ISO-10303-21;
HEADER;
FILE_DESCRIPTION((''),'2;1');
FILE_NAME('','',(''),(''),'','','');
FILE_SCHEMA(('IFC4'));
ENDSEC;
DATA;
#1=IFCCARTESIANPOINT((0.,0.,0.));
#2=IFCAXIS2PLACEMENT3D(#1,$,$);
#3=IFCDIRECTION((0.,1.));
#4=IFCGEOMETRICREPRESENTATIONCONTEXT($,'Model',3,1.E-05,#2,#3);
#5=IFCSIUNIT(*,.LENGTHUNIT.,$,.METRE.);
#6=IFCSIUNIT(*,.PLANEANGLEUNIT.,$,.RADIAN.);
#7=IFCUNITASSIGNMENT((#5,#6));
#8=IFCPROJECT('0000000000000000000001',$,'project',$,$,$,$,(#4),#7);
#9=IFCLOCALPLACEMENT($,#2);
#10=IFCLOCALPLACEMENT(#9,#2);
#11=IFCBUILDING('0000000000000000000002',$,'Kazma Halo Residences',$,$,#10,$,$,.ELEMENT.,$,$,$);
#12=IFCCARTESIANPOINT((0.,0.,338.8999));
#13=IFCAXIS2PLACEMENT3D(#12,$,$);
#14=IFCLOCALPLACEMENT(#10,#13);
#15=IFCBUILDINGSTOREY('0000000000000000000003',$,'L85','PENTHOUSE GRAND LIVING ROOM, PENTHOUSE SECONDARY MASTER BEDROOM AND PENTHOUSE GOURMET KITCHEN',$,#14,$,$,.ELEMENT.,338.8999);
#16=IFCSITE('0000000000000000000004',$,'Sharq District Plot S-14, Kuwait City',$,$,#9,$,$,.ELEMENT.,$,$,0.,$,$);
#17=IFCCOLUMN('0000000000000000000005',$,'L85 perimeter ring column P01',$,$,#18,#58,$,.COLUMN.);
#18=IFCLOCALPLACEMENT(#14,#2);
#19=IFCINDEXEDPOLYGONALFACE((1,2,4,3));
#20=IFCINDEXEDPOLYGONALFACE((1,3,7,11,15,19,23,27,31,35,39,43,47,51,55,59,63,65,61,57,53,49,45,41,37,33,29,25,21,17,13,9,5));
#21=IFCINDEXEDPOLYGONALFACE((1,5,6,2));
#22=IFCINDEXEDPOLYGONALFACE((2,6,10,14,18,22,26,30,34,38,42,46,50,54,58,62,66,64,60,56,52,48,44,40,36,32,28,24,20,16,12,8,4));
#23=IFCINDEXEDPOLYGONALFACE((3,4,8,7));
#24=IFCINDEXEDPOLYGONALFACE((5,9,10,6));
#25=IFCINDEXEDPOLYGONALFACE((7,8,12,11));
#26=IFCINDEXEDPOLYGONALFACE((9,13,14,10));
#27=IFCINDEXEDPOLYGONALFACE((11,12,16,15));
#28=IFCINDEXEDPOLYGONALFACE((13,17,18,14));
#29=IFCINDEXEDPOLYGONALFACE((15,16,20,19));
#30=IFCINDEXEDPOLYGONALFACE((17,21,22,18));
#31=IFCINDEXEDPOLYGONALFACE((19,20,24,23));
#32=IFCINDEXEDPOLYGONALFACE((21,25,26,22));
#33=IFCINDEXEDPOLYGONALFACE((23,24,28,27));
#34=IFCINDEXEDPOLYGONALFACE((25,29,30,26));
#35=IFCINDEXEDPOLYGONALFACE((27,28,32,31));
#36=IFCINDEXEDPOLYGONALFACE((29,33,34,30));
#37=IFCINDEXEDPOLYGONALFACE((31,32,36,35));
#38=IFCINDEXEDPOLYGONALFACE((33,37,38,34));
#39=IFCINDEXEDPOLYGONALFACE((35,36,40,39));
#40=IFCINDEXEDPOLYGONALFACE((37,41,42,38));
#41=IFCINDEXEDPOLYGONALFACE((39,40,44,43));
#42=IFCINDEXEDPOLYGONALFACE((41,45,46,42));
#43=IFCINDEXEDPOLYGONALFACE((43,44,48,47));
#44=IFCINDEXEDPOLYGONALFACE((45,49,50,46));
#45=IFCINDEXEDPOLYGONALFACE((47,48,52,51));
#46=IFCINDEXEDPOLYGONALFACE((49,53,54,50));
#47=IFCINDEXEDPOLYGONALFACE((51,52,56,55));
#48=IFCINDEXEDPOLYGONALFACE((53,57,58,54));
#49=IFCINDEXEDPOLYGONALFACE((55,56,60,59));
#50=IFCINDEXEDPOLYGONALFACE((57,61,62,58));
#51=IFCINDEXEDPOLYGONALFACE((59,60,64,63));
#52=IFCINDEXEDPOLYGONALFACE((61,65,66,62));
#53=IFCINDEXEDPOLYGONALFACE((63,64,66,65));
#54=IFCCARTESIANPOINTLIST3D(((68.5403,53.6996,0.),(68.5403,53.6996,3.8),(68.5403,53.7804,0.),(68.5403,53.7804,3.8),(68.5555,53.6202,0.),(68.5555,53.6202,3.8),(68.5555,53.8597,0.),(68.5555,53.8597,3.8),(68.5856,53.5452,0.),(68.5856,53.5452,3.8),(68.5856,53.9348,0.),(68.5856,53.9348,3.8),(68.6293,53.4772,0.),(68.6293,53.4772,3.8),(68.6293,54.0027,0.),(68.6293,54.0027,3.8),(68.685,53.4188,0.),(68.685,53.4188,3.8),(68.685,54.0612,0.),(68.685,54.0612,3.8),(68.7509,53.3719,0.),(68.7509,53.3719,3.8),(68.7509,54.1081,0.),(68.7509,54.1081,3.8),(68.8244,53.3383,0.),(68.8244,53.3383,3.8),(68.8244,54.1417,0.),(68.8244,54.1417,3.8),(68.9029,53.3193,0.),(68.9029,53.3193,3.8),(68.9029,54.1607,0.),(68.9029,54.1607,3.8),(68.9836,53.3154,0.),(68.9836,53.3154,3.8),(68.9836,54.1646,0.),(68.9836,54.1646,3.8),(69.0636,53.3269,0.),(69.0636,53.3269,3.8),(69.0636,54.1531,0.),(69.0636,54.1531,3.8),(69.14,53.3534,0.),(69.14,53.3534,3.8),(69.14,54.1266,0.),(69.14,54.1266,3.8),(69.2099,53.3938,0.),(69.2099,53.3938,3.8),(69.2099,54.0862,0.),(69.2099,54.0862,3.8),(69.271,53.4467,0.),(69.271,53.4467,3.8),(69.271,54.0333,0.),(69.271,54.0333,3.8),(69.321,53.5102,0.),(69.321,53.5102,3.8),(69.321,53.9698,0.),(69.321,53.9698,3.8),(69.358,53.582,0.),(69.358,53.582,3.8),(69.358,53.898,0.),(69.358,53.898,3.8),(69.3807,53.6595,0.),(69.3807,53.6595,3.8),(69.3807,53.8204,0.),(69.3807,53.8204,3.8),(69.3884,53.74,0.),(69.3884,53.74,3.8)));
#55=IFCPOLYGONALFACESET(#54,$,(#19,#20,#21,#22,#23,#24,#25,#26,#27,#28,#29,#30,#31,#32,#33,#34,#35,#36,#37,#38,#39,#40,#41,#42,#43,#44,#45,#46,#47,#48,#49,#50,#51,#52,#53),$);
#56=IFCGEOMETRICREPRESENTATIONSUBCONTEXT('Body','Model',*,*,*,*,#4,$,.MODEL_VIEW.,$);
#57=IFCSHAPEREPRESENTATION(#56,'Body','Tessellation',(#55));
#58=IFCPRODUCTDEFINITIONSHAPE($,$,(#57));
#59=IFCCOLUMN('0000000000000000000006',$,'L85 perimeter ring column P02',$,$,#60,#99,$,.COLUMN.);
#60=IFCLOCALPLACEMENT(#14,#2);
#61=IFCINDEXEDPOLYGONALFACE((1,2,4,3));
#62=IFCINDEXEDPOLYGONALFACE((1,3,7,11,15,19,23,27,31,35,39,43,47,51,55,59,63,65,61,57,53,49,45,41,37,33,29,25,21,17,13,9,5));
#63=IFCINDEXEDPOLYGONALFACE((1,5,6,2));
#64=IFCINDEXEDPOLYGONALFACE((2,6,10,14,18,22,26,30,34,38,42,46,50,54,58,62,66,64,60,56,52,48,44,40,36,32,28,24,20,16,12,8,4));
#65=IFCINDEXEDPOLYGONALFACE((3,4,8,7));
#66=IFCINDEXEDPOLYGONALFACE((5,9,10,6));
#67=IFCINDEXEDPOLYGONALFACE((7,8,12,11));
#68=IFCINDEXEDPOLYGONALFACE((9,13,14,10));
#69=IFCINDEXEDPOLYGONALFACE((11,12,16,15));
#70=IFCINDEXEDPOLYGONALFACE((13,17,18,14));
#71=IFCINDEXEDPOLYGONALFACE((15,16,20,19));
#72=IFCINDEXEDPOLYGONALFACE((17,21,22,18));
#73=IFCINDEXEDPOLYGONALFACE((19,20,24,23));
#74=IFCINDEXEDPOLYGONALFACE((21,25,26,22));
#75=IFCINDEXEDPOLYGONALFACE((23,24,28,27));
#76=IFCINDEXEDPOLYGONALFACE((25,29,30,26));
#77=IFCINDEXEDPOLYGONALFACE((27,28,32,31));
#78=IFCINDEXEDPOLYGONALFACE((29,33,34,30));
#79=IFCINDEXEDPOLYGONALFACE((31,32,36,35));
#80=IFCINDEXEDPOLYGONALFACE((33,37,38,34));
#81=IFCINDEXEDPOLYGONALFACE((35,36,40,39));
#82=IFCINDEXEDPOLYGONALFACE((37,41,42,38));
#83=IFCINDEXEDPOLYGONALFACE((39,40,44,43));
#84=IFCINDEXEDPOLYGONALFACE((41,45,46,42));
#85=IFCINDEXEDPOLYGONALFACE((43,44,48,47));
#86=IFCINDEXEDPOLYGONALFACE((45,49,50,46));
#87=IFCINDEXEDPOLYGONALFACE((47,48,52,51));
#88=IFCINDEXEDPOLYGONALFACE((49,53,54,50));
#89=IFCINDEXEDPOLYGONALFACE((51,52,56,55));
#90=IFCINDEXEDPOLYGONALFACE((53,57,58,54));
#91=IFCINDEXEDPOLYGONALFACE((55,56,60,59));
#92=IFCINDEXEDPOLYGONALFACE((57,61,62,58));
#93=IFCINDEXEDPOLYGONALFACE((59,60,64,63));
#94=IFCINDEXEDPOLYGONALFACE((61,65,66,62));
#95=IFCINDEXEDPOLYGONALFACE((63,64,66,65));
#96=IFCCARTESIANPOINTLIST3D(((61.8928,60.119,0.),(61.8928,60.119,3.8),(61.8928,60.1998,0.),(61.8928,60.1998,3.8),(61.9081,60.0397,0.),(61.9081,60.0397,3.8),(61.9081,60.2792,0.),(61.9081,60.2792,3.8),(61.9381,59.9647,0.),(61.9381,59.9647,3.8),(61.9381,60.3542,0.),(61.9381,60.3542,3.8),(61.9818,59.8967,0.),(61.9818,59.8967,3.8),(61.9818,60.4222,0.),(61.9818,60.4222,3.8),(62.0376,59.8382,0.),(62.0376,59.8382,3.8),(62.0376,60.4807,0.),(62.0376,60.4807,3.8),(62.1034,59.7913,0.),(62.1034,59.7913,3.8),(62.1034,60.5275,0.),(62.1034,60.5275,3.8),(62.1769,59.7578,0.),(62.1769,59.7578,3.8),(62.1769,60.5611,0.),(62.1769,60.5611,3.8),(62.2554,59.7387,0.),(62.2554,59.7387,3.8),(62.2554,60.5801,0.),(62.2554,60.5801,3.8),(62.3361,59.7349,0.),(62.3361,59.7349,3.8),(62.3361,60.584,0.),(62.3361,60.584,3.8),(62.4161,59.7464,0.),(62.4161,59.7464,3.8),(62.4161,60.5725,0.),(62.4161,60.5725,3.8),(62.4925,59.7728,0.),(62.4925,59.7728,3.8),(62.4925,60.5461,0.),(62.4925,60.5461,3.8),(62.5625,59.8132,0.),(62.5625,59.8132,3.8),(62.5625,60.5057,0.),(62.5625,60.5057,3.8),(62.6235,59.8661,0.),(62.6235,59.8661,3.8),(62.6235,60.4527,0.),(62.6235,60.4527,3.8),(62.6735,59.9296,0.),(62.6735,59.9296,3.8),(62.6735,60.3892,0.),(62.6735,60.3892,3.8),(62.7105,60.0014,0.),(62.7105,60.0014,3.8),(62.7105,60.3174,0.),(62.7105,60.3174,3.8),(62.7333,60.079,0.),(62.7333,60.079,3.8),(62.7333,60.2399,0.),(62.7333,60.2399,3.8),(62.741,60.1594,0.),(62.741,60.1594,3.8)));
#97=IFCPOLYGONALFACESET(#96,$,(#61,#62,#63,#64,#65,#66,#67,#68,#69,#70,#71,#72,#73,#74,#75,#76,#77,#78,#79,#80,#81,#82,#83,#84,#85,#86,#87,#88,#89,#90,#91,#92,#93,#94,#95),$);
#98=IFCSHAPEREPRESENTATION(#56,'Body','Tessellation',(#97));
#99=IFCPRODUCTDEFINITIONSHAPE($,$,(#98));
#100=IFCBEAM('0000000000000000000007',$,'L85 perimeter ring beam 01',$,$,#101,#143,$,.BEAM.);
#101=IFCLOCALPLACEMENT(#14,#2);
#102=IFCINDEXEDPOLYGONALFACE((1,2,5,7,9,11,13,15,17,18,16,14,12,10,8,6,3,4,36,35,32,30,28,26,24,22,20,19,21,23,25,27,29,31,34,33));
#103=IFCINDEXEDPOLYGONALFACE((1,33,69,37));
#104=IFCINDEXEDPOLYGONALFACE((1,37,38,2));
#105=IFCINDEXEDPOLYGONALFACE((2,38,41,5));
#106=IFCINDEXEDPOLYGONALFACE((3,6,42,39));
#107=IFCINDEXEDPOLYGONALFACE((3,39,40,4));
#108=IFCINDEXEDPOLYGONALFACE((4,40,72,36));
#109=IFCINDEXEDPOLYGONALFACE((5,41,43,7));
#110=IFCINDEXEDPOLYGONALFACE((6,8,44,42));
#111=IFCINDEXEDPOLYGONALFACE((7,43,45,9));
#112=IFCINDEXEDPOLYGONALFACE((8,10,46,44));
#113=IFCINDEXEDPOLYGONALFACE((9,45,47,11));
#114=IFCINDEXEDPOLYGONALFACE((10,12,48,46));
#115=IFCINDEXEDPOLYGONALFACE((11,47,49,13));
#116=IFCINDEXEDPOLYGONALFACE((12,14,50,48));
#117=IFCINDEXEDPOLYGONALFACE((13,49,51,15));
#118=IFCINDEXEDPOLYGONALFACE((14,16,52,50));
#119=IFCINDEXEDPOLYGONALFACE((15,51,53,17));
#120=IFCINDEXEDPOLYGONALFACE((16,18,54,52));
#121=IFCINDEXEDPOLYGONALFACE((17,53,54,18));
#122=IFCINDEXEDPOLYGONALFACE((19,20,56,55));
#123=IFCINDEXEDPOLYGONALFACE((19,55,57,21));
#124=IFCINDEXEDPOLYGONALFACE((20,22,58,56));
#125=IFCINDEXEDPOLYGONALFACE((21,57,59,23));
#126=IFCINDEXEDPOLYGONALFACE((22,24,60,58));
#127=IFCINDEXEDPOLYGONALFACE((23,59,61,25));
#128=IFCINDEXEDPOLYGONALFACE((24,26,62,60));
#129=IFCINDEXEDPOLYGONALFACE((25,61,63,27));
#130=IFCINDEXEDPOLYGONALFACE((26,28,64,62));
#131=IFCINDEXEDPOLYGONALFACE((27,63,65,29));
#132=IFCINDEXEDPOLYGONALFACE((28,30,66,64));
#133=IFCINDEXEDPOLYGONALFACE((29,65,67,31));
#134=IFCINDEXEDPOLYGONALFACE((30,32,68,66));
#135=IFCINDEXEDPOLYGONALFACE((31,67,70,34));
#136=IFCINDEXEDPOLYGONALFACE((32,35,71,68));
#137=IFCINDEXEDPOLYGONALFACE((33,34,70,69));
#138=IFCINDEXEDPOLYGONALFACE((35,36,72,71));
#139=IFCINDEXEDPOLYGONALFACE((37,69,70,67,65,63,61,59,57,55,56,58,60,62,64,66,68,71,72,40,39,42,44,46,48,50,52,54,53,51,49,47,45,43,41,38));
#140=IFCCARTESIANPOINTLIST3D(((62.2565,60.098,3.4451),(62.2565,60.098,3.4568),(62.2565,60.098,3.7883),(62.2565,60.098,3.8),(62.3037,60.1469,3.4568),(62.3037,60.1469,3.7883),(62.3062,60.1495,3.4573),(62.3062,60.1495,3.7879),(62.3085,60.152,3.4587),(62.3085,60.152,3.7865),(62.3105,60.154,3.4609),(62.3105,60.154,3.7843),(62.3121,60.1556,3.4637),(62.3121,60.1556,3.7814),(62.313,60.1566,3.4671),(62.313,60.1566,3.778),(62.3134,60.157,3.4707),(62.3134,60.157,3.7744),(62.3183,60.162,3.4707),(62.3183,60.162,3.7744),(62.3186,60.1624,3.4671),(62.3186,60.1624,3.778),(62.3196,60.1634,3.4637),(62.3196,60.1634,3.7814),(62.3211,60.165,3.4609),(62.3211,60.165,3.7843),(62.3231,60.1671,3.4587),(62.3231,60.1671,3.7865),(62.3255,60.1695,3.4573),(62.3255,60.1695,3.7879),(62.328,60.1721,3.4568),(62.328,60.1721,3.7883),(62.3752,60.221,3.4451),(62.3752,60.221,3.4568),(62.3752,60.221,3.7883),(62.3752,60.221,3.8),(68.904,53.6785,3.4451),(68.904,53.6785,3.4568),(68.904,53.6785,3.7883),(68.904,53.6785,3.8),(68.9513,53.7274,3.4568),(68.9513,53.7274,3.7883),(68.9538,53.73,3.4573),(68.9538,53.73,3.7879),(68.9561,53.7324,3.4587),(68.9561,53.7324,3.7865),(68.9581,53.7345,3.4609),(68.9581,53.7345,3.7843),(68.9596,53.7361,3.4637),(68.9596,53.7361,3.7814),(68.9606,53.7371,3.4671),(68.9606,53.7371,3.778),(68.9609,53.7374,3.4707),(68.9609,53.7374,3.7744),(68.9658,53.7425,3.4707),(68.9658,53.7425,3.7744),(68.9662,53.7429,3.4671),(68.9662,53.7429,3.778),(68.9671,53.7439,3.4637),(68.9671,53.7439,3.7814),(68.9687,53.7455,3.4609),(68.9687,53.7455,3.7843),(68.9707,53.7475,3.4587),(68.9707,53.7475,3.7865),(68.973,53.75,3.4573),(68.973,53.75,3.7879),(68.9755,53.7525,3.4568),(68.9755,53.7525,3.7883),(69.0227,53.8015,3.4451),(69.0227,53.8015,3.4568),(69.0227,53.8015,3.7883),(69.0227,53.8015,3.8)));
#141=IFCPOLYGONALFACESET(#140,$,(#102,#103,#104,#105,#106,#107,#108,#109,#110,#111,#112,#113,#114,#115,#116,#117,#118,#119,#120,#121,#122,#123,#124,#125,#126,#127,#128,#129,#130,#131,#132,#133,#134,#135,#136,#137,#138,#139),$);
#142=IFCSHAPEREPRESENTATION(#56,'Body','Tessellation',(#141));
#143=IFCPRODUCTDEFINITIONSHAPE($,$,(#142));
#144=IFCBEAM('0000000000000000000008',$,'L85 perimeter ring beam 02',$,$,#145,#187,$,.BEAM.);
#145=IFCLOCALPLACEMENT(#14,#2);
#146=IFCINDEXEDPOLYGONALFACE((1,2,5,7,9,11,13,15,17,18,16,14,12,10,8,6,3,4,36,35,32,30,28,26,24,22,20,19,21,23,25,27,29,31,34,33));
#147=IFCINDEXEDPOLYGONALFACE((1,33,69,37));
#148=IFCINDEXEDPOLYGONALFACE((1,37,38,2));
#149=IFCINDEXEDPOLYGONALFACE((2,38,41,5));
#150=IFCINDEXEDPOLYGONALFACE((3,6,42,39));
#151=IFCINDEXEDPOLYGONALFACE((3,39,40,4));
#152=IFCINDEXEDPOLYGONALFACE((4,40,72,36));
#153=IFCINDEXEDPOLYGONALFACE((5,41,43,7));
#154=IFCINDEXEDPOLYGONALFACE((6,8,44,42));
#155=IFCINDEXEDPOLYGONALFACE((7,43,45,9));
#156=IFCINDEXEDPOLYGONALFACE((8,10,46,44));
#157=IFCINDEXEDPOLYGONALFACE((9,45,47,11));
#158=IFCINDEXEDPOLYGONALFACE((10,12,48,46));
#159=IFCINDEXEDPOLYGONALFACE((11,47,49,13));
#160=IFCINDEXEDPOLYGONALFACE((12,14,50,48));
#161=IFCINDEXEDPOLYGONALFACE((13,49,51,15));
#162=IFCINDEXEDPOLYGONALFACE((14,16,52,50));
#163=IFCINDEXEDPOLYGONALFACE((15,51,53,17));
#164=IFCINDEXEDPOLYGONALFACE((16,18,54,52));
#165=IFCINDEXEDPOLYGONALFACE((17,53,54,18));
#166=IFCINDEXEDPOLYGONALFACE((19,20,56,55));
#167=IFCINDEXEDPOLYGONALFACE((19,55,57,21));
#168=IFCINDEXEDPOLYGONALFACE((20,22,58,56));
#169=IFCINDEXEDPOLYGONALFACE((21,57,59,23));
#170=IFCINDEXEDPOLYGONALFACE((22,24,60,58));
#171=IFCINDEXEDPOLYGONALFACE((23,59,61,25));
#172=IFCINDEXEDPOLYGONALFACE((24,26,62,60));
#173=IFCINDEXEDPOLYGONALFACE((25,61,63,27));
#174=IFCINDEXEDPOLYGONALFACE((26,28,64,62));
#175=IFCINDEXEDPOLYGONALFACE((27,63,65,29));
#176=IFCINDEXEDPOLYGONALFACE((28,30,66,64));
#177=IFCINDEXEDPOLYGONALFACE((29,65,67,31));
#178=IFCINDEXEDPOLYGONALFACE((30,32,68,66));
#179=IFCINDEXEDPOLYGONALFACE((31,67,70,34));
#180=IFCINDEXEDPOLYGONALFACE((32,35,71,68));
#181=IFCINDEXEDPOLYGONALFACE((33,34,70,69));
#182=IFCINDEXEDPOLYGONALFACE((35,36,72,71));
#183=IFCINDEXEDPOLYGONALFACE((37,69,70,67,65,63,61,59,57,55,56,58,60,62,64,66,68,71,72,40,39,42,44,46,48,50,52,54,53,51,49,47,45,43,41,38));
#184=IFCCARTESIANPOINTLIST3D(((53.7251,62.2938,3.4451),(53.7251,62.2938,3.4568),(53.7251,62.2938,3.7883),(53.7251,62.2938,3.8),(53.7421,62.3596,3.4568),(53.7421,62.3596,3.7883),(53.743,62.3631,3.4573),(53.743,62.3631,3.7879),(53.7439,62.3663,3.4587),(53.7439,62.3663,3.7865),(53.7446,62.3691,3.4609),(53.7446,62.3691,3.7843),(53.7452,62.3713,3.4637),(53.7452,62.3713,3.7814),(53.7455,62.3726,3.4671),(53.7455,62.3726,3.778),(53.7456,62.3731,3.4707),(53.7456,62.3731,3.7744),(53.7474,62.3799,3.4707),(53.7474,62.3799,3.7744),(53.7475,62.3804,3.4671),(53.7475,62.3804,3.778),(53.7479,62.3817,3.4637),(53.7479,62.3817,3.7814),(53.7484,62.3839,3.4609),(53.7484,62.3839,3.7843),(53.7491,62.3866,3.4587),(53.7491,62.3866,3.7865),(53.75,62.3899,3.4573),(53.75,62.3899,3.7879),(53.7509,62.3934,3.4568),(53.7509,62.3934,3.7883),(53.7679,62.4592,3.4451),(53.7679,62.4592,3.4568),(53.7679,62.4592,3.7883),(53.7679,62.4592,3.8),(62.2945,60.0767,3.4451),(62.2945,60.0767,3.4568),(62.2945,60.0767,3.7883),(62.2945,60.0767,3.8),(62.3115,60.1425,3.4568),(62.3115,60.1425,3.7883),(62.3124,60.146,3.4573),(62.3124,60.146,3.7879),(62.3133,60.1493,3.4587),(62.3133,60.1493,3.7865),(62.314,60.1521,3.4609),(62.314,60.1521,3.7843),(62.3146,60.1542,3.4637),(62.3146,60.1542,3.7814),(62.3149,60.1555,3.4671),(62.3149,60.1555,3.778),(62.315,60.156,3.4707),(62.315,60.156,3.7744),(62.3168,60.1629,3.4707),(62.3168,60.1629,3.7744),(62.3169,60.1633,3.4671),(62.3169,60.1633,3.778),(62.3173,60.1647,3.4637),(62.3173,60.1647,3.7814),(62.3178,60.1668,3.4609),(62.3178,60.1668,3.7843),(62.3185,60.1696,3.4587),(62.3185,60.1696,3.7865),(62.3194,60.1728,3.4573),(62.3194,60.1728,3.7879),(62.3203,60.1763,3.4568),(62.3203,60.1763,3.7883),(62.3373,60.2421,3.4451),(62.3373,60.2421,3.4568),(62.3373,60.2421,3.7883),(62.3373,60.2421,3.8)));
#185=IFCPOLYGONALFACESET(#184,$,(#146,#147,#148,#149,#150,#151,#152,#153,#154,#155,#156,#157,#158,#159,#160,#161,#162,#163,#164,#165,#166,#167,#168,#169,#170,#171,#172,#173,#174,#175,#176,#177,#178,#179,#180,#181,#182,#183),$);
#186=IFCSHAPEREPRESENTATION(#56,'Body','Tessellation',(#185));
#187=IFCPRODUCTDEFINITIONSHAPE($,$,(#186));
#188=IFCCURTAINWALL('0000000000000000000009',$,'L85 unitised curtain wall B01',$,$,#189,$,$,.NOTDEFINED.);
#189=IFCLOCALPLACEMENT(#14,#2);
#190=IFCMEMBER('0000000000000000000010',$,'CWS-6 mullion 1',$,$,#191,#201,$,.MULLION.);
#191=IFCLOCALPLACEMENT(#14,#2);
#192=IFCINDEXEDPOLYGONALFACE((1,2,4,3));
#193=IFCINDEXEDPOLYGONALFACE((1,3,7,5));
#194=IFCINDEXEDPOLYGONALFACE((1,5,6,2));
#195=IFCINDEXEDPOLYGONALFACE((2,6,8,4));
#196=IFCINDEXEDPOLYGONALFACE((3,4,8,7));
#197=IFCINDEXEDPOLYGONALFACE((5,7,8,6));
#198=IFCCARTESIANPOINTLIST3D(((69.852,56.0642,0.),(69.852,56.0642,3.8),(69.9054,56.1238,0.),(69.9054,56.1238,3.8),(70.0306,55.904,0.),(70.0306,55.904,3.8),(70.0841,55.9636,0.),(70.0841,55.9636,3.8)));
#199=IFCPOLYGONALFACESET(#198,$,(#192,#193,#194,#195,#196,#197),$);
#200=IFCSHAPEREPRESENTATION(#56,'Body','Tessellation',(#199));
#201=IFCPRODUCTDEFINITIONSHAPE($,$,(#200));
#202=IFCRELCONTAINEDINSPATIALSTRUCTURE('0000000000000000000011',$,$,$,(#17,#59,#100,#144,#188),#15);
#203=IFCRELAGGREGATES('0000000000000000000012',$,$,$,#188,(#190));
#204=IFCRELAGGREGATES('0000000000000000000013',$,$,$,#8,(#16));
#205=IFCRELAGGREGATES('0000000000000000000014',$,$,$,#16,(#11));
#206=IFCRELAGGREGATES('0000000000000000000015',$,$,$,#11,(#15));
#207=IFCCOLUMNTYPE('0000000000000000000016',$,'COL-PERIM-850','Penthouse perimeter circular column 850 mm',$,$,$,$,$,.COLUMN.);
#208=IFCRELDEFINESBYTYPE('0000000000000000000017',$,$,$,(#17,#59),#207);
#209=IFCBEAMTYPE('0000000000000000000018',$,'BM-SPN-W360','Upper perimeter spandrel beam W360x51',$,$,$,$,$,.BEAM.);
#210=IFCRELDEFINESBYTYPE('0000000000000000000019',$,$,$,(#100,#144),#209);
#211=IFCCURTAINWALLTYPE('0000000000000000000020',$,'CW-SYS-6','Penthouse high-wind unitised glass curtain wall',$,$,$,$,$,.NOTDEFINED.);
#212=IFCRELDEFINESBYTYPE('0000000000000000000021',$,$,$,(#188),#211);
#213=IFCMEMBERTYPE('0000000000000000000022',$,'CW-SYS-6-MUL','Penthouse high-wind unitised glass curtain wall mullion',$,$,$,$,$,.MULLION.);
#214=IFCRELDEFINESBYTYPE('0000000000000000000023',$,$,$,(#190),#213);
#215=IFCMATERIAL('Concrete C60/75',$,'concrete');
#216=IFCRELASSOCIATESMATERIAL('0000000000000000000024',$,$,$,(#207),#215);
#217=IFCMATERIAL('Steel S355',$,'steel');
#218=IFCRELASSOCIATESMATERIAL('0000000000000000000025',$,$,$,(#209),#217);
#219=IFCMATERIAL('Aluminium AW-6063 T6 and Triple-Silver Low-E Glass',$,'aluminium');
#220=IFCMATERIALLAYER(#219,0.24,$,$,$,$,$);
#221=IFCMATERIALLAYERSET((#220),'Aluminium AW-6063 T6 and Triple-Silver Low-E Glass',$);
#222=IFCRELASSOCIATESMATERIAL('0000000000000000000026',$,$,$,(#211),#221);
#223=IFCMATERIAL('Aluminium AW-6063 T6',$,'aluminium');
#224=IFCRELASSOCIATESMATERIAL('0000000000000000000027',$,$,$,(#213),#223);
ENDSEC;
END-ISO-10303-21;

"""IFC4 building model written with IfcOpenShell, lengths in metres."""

from ifc_helpers import new_model, si_unit, direction, frame, origin, origin_2d, place, context, subcontext, project, spatial, rectangle, circle, i_section, extrude, material, layer, layer_set, material_profile, profile_set, type_object, element, aggregate, save


model = new_model("IFC4")

# Units and contexts
model_context = context("Model", 3, precision=1e-05, world=origin(), true_north=direction((0.0, 1.0)))
body_context = subcontext(model_context, "Body", "Model", "MODEL_VIEW")
ifc_project = project(units=[si_unit("LENGTHUNIT", "METRE"), si_unit("PLANEANGLEUNIT", "RADIAN")], contexts=[model_context])

# Site, building, storey
site_placement = place(None, origin())
site = spatial("IfcSite", under=ifc_project, at=site_placement, Name="Sharq District Plot S-14, Kuwait City", CompositionType="ELEMENT", RefElevation=0.0)
building_placement = place(site_placement, origin())
building = spatial("IfcBuilding", under=site, at=building_placement, Name="Kazma Halo Residences", CompositionType="ELEMENT")
storey_placement = place(building_placement, frame((0.0, 0.0, 338.8999)))
storey = spatial("IfcBuildingStorey", under=building, at=storey_placement, Name="L85", Description="PENTHOUSE GRAND LIVING ROOM, PENTHOUSE SECONDARY MASTER BEDROOM AND PENTHOUSE GOURMET KITCHEN", CompositionType="ELEMENT", Elevation=338.8999)

# Columns
ifc_material_1 = material(Name="Concrete C60/75", Category="concrete")
ifc_material_profile_1 = material_profile(ifc_material_1, circle(Radius=0.425, at=origin_2d()), Name="CIRC850")
ifc_profile_set_1 = profile_set([ifc_material_profile_1], Name="Concrete C60/75")
column_type = type_object("IfcColumnType", Name="COL-PERIM-850", Description="Penthouse perimeter circular column 850 mm", PredefinedType="COLUMN", material=ifc_profile_set_1)
for number, where, z_axis, x_axis, name in (
    (1, (68.9634, 53.74, 0.0), (0.0, 0.0, 1.0), (1.0, 0.0, 0.0), "L85 perimeter ring column P01"),
    (2, (62.3159, 60.1594, 0.0), (0.0, 0.0, 1.0), (1.0, 0.0, 0.0), "L85 perimeter ring column P02"),
):
    element("IfcColumn", number, at=place(storey_placement, frame(where, z_axis=z_axis, x_axis=x_axis)), inside=storey, type_object=column_type, Name=name, PredefinedType="COLUMN", context=body_context, shape_type="SweptSolid", body=[
        extrude(circle(Radius=0.425, at=origin_2d()), origin(), (0.0, 0.0, 1.0), 3.8),
    ])

# Beams
ifc_material_2 = material(Name="Steel S355", Category="steel")
ifc_material_profile_2 = material_profile(ifc_material_2, i_section(OverallWidth=0.1709, OverallDepth=0.355, WebThickness=0.0071, FlangeThickness=0.0117, FilletRadius=0.0139, at=origin_2d()), Name="W360x51")
ifc_profile_set_2 = profile_set([ifc_material_profile_2], Name="Steel S355")
beam_type = type_object("IfcBeamType", Name="BM-SPN-W360", Description="Upper perimeter spandrel beam W360x51", PredefinedType="BEAM", material=ifc_profile_set_2)
beam_1_placement = place(storey_placement, frame((68.9634, 53.74, 3.6226), z_axis=(-0.719337, 0.694661, 0.0), x_axis=(-0.694661, -0.719337, 0.0)))
element("IfcBeam", 3, at=beam_1_placement, inside=storey, type_object=beam_type, Name="L85 perimeter ring beam 01", PredefinedType="BEAM", context=body_context, shape_type="SweptSolid", body=[
    extrude(i_section(OverallWidth=0.1709, OverallDepth=0.355, WebThickness=0.0071, FlangeThickness=0.0117, FilletRadius=0.0139, at=origin_2d()), origin(), (0.0, 0.0, 1.0), 9.2412),
])
beam_2_placement = place(storey_placement, frame((62.3159, 60.1594, 3.6226), z_axis=(-0.968124, 0.250471, 0.0), x_axis=(-0.250471, -0.968124, 0.0)))
element("IfcBeam", 4, at=beam_2_placement, inside=storey, type_object=beam_type, Name="L85 perimeter ring beam 02", PredefinedType="BEAM", context=body_context, shape_type="SweptSolid", body=[
    extrude(i_section(OverallWidth=0.1709, OverallDepth=0.355, WebThickness=0.0071, FlangeThickness=0.0117, FilletRadius=0.0139, at=origin_2d()), origin(), (0.0, 0.0, 1.0), 8.8516),
])

# Curtain wall, member
ifc_material_3 = material(Name="Aluminium AW-6063 T6 and Triple-Silver Low-E Glass", Category="aluminium")
ifc_layer_1 = layer(ifc_material_3, 0.24)
ifc_layer_set_1 = layer_set([ifc_layer_1], Name="Aluminium AW-6063 T6 and Triple-Silver Low-E Glass")
curtain_wall_type = type_object("IfcCurtainWallType", Name="CW-SYS-6", Description="Penthouse high-wind unitised glass curtain wall", PredefinedType="NOTDEFINED", material=ifc_layer_set_1)
curtain_wall_1_placement = place(storey_placement, origin())
curtain_wall_1 = element("IfcCurtainWall", 5, at=curtain_wall_1_placement, inside=storey, type_object=curtain_wall_type, Name="L85 unitised curtain wall B01", PredefinedType="NOTDEFINED")
ifc_material_4 = material(Name="Aluminium AW-6063 T6", Category="aluminium")
ifc_material_profile_3 = material_profile(ifc_material_4, rectangle(XDim=0.0801, YDim=0.24, at=origin_2d()), Name="CWM-80x240")
ifc_profile_set_3 = profile_set([ifc_material_profile_3], Name="Aluminium AW-6063 T6")
member_type_1 = type_object("IfcMemberType", Name="CW-SYS-6-MUL", Description="Penthouse high-wind unitised glass curtain wall mullion", PredefinedType="MULLION", material=ifc_profile_set_3)
member_1_placement = place(storey_placement, frame((69.968, 56.0139, 0.0), z_axis=(0.0, 0.0, 1.0), x_axis=(-0.667758, -0.744379, 0.0)))
member_1 = element("IfcMember", 6, at=member_1_placement, type_object=member_type_1, Name="CWS-6 mullion 1", PredefinedType="MULLION", context=body_context, shape_type="SweptSolid", body=[
    extrude(rectangle(XDim=0.0801, YDim=0.24, at=origin_2d()), origin(), (0.0, 0.0, 1.0), 3.8),
])

aggregate(curtain_wall_1, [member_1])

save(model, "model.ifc")
